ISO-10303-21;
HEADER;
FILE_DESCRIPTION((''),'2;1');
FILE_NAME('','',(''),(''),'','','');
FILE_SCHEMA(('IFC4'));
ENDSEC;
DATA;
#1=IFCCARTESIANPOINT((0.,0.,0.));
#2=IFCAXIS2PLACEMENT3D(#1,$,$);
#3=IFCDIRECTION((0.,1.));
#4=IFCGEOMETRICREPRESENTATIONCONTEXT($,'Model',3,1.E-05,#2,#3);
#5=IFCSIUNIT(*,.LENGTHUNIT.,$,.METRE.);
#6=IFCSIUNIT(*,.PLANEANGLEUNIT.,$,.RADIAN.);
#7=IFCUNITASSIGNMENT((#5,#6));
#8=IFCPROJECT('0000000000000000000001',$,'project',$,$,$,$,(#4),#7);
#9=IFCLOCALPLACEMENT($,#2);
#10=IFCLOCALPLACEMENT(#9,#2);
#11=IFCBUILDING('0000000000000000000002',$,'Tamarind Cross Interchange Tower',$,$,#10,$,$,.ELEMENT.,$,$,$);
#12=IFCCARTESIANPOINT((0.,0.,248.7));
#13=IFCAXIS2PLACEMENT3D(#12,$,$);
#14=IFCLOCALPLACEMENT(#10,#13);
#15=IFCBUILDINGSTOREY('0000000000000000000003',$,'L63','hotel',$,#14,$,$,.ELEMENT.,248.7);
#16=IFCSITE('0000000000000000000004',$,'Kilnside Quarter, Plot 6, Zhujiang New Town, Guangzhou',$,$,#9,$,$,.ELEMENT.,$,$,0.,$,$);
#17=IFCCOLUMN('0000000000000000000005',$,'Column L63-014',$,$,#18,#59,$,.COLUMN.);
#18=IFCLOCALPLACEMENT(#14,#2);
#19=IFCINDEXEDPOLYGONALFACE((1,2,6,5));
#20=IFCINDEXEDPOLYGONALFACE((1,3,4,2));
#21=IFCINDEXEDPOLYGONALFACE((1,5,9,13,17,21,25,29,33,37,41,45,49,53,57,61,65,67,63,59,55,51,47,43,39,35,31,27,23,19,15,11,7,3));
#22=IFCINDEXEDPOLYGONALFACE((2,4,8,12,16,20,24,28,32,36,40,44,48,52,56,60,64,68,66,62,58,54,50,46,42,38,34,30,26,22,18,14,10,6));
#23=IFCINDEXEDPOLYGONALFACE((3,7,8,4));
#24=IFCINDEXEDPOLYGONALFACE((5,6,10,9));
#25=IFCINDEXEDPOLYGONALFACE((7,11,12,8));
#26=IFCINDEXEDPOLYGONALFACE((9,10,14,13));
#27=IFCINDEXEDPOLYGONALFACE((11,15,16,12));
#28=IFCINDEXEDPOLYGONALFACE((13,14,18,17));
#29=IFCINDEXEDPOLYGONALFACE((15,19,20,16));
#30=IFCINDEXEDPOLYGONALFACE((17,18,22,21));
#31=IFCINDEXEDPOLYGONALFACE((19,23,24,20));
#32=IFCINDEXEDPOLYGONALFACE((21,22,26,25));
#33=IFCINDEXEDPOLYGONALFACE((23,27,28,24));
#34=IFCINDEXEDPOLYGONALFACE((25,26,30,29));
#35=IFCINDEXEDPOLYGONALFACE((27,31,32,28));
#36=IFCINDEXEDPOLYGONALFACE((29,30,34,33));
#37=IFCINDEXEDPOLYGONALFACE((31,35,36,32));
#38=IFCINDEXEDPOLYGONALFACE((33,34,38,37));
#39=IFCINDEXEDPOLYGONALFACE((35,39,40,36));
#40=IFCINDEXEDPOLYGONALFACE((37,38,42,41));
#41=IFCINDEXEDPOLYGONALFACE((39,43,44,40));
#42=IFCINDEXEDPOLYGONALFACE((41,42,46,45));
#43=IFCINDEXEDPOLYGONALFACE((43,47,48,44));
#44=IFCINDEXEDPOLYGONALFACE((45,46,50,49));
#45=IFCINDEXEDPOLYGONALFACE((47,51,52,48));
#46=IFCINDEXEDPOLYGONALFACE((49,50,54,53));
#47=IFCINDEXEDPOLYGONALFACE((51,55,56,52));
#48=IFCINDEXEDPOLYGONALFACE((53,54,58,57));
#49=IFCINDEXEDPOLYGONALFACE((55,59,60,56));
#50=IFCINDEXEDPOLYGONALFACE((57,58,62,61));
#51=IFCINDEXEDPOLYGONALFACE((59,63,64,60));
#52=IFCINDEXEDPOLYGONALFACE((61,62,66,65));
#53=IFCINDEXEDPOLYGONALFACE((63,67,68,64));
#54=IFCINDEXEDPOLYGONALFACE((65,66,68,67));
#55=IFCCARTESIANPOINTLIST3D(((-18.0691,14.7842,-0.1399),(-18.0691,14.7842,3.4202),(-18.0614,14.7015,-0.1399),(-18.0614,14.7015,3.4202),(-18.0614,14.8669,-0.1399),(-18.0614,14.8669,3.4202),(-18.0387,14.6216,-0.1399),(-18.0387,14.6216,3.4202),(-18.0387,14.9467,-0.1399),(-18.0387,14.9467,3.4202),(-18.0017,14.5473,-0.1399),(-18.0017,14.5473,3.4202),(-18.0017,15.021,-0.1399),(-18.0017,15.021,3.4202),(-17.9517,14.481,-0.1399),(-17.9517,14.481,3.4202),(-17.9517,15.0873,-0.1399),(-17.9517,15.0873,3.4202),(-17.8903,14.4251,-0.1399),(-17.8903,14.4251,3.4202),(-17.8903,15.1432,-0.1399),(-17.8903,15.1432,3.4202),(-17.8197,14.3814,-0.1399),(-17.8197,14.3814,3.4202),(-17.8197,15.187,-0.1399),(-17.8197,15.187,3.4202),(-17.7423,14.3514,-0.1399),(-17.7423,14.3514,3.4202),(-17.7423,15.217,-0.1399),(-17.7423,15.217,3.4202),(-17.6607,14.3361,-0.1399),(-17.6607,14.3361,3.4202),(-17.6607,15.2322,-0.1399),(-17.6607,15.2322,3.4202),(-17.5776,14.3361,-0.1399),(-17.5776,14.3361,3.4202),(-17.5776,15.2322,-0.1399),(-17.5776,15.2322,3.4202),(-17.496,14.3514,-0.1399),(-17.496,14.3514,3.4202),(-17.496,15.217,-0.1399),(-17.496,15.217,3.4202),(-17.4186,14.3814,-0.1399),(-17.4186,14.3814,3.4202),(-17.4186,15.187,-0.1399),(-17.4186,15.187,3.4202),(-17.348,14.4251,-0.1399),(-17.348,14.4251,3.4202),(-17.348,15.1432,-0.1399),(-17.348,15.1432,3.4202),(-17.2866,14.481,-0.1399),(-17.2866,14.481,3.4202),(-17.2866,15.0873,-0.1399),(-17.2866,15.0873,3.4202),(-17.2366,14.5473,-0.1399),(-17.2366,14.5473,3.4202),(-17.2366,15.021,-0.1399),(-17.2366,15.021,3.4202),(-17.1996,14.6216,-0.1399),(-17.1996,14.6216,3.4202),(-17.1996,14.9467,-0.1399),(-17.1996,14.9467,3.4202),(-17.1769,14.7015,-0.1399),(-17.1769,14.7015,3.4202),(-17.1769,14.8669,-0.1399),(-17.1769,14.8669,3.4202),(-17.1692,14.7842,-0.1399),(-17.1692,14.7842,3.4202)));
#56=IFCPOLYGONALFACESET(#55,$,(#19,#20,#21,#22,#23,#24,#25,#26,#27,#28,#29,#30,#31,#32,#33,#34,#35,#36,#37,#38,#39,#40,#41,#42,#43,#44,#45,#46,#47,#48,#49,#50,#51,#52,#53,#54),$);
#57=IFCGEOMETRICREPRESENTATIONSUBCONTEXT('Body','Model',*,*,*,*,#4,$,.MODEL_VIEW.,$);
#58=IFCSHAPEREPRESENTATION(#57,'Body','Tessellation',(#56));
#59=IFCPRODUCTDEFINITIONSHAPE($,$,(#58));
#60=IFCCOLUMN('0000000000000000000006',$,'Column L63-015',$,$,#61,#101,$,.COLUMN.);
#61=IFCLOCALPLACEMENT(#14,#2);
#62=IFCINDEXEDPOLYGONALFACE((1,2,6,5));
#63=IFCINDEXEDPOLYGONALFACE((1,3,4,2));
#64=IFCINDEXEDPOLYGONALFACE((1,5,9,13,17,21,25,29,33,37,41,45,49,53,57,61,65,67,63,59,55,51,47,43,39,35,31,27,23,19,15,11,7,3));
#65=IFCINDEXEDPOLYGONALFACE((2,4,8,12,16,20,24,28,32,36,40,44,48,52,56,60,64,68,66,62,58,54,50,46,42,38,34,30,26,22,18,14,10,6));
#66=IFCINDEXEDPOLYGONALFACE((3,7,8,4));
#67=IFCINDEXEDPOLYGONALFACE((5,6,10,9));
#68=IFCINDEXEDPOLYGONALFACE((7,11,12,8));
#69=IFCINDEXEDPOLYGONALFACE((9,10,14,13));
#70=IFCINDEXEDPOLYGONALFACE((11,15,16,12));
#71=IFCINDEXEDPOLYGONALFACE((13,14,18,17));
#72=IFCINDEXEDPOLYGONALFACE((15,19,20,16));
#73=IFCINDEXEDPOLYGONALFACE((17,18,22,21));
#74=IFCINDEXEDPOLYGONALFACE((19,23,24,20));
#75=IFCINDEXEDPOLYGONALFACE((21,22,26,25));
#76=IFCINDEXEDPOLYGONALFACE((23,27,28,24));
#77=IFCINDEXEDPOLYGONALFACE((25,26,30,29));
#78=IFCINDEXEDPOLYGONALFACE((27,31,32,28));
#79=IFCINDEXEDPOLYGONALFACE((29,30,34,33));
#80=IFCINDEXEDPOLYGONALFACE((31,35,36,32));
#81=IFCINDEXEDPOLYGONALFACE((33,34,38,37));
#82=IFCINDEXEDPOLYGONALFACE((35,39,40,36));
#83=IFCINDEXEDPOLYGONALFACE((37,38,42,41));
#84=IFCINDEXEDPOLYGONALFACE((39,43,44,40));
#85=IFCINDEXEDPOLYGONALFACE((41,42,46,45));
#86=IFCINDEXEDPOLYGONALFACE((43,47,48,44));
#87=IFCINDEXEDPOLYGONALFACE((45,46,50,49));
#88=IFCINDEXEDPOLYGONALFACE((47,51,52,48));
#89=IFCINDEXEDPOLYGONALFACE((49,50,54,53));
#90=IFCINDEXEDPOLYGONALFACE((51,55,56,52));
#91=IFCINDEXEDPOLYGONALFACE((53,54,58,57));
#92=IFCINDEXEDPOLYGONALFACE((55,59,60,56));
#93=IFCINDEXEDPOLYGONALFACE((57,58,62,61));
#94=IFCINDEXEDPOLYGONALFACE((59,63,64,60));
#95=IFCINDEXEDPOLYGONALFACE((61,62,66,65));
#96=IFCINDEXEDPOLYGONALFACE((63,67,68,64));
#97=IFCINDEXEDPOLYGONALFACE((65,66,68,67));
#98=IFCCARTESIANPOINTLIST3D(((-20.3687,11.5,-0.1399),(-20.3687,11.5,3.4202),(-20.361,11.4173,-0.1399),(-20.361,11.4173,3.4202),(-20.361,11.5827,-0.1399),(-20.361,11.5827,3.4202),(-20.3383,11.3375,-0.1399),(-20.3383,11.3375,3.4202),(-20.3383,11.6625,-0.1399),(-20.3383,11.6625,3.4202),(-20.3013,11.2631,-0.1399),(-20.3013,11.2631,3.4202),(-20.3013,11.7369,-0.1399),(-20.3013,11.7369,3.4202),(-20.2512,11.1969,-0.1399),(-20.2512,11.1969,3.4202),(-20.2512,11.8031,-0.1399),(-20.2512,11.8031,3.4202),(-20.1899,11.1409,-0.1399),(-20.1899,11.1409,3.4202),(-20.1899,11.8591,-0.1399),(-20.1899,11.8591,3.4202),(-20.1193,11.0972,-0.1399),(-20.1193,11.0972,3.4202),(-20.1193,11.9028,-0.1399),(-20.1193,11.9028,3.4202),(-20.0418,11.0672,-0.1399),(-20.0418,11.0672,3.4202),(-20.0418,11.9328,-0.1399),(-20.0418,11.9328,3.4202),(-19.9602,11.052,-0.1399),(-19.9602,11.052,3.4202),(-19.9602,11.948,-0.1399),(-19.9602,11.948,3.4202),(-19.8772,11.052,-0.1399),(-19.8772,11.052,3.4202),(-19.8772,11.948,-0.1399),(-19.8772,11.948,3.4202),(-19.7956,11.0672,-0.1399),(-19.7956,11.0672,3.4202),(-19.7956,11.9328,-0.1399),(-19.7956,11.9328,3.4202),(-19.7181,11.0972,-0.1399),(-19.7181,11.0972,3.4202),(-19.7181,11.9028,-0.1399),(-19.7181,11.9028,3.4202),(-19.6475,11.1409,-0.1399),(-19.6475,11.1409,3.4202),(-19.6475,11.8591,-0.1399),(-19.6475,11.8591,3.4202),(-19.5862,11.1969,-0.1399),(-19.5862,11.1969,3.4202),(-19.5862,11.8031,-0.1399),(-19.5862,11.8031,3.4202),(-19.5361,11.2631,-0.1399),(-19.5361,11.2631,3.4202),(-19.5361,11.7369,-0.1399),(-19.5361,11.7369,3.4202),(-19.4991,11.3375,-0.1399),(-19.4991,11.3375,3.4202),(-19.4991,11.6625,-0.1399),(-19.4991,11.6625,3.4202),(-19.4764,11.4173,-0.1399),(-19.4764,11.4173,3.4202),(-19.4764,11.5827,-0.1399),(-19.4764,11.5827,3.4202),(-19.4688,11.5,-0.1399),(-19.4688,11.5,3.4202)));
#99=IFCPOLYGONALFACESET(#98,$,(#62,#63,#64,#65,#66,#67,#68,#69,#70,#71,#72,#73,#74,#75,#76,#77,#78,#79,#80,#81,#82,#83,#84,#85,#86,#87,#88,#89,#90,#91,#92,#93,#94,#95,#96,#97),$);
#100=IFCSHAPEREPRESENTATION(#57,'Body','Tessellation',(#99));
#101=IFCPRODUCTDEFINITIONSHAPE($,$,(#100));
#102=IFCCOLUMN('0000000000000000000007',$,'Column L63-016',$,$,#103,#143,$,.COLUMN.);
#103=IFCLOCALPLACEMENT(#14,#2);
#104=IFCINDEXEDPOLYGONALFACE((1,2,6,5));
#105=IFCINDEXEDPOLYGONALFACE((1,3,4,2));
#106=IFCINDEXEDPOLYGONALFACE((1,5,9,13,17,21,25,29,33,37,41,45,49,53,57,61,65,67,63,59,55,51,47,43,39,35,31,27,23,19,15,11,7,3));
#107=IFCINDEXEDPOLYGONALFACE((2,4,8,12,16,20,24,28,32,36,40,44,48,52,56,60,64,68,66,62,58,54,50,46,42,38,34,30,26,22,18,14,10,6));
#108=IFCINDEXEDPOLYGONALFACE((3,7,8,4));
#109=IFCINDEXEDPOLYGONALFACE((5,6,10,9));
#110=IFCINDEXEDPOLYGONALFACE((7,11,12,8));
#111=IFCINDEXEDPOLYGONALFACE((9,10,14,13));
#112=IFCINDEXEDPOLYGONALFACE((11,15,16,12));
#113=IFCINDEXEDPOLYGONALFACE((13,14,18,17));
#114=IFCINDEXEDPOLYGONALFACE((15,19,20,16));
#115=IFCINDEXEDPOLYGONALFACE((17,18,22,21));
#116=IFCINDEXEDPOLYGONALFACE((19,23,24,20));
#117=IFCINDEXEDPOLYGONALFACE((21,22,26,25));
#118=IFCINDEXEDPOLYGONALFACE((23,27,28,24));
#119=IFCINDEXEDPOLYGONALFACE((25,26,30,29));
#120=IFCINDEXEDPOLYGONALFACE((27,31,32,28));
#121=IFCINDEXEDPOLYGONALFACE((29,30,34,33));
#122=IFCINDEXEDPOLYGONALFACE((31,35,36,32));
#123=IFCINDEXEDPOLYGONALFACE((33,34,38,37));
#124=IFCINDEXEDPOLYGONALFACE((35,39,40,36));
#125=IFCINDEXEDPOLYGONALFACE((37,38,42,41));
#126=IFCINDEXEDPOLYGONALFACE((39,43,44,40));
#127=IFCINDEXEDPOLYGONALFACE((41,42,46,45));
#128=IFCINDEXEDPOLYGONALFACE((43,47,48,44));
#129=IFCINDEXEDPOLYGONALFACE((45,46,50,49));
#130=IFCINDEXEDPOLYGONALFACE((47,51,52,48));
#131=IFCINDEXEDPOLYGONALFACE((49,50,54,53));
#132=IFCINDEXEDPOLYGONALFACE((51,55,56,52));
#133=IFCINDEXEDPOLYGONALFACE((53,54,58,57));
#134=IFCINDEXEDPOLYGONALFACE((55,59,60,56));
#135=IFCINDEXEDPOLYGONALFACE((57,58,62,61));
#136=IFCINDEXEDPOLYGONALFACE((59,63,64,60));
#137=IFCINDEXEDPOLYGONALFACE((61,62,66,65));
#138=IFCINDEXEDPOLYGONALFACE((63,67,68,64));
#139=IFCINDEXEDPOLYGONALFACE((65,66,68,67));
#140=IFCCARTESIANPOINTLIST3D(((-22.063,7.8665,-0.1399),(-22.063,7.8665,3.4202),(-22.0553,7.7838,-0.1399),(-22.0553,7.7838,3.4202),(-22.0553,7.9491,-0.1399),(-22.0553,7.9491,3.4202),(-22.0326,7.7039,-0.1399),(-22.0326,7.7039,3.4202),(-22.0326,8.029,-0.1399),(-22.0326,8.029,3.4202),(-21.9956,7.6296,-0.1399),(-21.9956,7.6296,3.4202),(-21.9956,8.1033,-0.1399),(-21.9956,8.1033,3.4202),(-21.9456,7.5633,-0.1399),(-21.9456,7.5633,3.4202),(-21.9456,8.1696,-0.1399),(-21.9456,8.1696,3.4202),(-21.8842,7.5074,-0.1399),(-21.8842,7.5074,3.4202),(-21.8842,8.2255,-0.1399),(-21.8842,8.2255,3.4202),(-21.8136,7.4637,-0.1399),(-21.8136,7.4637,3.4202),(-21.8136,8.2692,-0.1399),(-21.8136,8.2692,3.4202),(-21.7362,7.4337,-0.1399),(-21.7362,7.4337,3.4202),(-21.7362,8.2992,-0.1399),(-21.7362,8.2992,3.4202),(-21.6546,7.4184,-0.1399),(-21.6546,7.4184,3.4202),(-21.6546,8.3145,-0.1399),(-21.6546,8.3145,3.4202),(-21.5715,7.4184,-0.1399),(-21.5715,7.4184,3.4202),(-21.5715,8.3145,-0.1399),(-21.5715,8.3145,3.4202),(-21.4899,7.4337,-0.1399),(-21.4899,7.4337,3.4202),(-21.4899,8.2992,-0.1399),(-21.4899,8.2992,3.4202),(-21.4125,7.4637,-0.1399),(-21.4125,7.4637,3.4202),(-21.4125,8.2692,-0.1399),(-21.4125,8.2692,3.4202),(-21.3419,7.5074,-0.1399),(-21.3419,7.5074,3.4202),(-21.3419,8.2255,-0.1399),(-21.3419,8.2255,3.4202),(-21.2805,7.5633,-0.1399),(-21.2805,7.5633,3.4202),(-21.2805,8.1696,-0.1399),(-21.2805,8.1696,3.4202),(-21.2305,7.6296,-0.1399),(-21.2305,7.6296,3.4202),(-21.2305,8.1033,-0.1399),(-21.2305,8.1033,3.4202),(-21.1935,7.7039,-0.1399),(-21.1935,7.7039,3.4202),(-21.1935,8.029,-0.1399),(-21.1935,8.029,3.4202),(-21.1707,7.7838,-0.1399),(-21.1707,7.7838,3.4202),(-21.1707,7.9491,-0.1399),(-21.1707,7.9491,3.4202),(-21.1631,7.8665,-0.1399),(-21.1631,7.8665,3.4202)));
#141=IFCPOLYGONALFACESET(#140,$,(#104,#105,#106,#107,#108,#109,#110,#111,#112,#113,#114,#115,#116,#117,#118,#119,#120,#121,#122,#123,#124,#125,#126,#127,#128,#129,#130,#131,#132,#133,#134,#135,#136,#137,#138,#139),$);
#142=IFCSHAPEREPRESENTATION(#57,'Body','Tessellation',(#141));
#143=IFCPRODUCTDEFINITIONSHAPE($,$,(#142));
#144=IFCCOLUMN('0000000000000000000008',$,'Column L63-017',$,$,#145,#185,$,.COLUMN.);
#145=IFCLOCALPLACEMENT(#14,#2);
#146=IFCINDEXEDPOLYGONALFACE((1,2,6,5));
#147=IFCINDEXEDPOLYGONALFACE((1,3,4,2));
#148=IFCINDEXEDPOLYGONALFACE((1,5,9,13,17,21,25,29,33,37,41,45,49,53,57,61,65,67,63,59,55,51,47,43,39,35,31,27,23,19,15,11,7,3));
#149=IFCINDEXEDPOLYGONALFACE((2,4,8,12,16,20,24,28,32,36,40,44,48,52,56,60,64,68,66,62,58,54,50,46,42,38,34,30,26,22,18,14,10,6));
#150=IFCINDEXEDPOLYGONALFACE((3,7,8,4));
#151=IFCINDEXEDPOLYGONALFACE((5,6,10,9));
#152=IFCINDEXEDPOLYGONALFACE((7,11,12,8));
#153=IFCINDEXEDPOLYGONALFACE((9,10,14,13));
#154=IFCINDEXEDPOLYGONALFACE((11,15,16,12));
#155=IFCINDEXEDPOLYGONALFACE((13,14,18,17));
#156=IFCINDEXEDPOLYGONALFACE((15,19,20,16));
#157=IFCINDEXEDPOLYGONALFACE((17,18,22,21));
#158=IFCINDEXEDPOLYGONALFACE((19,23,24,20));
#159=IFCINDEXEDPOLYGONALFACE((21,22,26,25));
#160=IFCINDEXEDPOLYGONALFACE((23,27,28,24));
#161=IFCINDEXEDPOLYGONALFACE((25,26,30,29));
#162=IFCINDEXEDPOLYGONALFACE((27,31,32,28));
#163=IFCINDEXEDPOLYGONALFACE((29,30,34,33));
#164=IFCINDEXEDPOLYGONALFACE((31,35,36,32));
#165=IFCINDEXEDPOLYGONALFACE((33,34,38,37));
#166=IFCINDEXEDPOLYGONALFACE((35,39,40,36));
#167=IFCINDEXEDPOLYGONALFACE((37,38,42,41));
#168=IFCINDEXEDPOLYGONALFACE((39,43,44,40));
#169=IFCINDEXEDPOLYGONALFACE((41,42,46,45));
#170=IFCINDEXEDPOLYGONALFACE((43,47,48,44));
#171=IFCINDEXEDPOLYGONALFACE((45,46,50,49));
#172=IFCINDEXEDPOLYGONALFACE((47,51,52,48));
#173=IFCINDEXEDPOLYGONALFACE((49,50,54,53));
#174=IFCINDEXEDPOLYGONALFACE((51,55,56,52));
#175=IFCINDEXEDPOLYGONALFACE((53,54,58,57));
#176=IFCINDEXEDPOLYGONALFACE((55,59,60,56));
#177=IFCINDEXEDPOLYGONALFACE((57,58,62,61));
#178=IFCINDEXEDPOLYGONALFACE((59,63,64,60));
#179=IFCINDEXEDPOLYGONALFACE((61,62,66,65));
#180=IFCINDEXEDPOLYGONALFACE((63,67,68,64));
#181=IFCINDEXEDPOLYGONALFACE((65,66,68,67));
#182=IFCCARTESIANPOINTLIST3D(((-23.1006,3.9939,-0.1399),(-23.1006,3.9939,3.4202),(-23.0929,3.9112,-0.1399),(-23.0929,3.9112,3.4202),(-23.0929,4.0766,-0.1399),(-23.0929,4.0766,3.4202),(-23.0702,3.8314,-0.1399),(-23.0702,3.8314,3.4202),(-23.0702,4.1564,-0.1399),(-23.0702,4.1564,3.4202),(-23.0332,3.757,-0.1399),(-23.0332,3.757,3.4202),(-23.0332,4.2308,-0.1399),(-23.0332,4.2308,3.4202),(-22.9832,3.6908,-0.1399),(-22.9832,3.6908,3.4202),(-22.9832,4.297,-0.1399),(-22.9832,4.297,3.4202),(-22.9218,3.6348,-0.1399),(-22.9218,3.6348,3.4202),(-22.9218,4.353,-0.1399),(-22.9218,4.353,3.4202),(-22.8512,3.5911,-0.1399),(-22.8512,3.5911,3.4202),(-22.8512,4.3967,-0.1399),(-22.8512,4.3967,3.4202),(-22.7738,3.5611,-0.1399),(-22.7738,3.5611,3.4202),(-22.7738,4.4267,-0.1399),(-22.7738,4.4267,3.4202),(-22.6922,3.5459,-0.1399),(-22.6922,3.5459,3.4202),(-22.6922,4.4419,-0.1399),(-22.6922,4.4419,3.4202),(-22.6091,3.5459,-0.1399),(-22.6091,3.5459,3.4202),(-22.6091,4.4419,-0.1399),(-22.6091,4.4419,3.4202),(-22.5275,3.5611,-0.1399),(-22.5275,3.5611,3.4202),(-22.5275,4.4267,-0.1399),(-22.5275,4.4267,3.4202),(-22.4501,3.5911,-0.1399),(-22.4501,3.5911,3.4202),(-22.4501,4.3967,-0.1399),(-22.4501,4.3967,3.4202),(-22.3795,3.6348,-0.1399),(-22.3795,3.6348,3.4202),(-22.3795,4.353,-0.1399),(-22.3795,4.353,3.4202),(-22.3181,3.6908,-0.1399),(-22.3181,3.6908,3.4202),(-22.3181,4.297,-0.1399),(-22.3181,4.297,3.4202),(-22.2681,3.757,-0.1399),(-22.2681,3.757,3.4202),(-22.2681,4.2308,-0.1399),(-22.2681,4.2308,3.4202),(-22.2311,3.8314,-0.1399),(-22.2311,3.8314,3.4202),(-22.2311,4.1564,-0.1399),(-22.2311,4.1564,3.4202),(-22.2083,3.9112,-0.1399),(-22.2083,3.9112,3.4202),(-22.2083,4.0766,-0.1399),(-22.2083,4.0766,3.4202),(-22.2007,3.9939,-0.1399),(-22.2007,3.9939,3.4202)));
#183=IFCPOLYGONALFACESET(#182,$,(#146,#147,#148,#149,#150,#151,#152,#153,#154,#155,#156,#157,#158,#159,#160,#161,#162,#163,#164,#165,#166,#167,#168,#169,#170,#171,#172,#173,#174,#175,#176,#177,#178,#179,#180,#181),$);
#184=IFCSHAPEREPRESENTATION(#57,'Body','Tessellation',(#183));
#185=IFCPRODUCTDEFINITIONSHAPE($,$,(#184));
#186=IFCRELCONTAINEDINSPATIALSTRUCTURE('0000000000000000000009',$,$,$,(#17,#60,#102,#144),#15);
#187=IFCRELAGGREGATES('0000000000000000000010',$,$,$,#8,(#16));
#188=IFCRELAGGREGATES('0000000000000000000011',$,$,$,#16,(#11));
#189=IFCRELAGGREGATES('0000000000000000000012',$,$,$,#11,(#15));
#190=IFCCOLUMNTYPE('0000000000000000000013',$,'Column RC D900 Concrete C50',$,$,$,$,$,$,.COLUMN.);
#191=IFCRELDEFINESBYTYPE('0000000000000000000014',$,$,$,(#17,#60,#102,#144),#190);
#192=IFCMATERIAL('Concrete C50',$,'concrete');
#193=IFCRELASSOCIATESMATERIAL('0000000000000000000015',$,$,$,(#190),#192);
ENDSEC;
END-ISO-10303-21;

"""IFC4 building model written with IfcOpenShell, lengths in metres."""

from ifc_helpers import new_model, si_unit, direction, frame, origin, origin_2d, place, context, subcontext, project, spatial, circle, extrude, material, material_profile, profile_set, type_object, element, save


model = new_model("IFC4")

# Units and contexts
model_context = context("Model", 3, precision=1e-05, world=origin(), true_north=direction((0.0, 1.0)))
body_context = subcontext(model_context, "Body", "Model", "MODEL_VIEW")
ifc_project = project(units=[si_unit("LENGTHUNIT", "METRE"), si_unit("PLANEANGLEUNIT", "RADIAN")], contexts=[model_context])

# Site, building, storey
site_placement = place(None, origin())
site = spatial("IfcSite", under=ifc_project, at=site_placement, Name="Kilnside Quarter, Plot 6, Zhujiang New Town, Guangzhou", CompositionType="ELEMENT", RefElevation=0.0)
building_placement = place(site_placement, origin())
building = spatial("IfcBuilding", under=site, at=building_placement, Name="Tamarind Cross Interchange Tower", CompositionType="ELEMENT")
storey_placement = place(building_placement, frame((0.0, 0.0, 248.7)))
storey = spatial("IfcBuildingStorey", under=building, at=storey_placement, Name="L63", Description="hotel", CompositionType="ELEMENT", Elevation=248.7)

# Columns
ifc_material_1 = material(Name="Concrete C50", Category="concrete")
ifc_material_profile_1 = material_profile(ifc_material_1, circle(Radius=0.45, at=origin_2d()), Name="RC D900")
ifc_profile_set_1 = profile_set([ifc_material_profile_1], Name="Concrete C50")
column_type = type_object("IfcColumnType", Name="Column RC D900 Concrete C50", PredefinedType="COLUMN", material=ifc_profile_set_1)
for number, where, z_axis, x_axis, name in (
    (1, (-17.6191, 14.7842, -0.1399), (0.0, 0.0, 1.0), (1.0, 0.0, 0.0), "Column L63-014"),
    (2, (-19.9187, 11.5, -0.1399), (0.0, 0.0, 1.0), (1.0, 0.0, 0.0), "Column L63-015"),
    (3, (-21.613, 7.8665, -0.1399), (0.0, 0.0, 1.0), (1.0, 0.0, 0.0), "Column L63-016"),
    (4, (-22.6506, 3.9939, -0.1399), (0.0, 0.0, 1.0), (1.0, 0.0, 0.0), "Column L63-017"),
):
    element("IfcColumn", number, at=place(storey_placement, frame(where, z_axis=z_axis, x_axis=x_axis)), inside=storey, type_object=column_type, Name=name, PredefinedType="COLUMN", context=body_context, shape_type="SweptSolid", body=[
        extrude(circle(Radius=0.45, at=origin_2d()), origin(), (0.0, 0.0, 1.0), 3.5601),
    ])

save(model, "model.ifc")
